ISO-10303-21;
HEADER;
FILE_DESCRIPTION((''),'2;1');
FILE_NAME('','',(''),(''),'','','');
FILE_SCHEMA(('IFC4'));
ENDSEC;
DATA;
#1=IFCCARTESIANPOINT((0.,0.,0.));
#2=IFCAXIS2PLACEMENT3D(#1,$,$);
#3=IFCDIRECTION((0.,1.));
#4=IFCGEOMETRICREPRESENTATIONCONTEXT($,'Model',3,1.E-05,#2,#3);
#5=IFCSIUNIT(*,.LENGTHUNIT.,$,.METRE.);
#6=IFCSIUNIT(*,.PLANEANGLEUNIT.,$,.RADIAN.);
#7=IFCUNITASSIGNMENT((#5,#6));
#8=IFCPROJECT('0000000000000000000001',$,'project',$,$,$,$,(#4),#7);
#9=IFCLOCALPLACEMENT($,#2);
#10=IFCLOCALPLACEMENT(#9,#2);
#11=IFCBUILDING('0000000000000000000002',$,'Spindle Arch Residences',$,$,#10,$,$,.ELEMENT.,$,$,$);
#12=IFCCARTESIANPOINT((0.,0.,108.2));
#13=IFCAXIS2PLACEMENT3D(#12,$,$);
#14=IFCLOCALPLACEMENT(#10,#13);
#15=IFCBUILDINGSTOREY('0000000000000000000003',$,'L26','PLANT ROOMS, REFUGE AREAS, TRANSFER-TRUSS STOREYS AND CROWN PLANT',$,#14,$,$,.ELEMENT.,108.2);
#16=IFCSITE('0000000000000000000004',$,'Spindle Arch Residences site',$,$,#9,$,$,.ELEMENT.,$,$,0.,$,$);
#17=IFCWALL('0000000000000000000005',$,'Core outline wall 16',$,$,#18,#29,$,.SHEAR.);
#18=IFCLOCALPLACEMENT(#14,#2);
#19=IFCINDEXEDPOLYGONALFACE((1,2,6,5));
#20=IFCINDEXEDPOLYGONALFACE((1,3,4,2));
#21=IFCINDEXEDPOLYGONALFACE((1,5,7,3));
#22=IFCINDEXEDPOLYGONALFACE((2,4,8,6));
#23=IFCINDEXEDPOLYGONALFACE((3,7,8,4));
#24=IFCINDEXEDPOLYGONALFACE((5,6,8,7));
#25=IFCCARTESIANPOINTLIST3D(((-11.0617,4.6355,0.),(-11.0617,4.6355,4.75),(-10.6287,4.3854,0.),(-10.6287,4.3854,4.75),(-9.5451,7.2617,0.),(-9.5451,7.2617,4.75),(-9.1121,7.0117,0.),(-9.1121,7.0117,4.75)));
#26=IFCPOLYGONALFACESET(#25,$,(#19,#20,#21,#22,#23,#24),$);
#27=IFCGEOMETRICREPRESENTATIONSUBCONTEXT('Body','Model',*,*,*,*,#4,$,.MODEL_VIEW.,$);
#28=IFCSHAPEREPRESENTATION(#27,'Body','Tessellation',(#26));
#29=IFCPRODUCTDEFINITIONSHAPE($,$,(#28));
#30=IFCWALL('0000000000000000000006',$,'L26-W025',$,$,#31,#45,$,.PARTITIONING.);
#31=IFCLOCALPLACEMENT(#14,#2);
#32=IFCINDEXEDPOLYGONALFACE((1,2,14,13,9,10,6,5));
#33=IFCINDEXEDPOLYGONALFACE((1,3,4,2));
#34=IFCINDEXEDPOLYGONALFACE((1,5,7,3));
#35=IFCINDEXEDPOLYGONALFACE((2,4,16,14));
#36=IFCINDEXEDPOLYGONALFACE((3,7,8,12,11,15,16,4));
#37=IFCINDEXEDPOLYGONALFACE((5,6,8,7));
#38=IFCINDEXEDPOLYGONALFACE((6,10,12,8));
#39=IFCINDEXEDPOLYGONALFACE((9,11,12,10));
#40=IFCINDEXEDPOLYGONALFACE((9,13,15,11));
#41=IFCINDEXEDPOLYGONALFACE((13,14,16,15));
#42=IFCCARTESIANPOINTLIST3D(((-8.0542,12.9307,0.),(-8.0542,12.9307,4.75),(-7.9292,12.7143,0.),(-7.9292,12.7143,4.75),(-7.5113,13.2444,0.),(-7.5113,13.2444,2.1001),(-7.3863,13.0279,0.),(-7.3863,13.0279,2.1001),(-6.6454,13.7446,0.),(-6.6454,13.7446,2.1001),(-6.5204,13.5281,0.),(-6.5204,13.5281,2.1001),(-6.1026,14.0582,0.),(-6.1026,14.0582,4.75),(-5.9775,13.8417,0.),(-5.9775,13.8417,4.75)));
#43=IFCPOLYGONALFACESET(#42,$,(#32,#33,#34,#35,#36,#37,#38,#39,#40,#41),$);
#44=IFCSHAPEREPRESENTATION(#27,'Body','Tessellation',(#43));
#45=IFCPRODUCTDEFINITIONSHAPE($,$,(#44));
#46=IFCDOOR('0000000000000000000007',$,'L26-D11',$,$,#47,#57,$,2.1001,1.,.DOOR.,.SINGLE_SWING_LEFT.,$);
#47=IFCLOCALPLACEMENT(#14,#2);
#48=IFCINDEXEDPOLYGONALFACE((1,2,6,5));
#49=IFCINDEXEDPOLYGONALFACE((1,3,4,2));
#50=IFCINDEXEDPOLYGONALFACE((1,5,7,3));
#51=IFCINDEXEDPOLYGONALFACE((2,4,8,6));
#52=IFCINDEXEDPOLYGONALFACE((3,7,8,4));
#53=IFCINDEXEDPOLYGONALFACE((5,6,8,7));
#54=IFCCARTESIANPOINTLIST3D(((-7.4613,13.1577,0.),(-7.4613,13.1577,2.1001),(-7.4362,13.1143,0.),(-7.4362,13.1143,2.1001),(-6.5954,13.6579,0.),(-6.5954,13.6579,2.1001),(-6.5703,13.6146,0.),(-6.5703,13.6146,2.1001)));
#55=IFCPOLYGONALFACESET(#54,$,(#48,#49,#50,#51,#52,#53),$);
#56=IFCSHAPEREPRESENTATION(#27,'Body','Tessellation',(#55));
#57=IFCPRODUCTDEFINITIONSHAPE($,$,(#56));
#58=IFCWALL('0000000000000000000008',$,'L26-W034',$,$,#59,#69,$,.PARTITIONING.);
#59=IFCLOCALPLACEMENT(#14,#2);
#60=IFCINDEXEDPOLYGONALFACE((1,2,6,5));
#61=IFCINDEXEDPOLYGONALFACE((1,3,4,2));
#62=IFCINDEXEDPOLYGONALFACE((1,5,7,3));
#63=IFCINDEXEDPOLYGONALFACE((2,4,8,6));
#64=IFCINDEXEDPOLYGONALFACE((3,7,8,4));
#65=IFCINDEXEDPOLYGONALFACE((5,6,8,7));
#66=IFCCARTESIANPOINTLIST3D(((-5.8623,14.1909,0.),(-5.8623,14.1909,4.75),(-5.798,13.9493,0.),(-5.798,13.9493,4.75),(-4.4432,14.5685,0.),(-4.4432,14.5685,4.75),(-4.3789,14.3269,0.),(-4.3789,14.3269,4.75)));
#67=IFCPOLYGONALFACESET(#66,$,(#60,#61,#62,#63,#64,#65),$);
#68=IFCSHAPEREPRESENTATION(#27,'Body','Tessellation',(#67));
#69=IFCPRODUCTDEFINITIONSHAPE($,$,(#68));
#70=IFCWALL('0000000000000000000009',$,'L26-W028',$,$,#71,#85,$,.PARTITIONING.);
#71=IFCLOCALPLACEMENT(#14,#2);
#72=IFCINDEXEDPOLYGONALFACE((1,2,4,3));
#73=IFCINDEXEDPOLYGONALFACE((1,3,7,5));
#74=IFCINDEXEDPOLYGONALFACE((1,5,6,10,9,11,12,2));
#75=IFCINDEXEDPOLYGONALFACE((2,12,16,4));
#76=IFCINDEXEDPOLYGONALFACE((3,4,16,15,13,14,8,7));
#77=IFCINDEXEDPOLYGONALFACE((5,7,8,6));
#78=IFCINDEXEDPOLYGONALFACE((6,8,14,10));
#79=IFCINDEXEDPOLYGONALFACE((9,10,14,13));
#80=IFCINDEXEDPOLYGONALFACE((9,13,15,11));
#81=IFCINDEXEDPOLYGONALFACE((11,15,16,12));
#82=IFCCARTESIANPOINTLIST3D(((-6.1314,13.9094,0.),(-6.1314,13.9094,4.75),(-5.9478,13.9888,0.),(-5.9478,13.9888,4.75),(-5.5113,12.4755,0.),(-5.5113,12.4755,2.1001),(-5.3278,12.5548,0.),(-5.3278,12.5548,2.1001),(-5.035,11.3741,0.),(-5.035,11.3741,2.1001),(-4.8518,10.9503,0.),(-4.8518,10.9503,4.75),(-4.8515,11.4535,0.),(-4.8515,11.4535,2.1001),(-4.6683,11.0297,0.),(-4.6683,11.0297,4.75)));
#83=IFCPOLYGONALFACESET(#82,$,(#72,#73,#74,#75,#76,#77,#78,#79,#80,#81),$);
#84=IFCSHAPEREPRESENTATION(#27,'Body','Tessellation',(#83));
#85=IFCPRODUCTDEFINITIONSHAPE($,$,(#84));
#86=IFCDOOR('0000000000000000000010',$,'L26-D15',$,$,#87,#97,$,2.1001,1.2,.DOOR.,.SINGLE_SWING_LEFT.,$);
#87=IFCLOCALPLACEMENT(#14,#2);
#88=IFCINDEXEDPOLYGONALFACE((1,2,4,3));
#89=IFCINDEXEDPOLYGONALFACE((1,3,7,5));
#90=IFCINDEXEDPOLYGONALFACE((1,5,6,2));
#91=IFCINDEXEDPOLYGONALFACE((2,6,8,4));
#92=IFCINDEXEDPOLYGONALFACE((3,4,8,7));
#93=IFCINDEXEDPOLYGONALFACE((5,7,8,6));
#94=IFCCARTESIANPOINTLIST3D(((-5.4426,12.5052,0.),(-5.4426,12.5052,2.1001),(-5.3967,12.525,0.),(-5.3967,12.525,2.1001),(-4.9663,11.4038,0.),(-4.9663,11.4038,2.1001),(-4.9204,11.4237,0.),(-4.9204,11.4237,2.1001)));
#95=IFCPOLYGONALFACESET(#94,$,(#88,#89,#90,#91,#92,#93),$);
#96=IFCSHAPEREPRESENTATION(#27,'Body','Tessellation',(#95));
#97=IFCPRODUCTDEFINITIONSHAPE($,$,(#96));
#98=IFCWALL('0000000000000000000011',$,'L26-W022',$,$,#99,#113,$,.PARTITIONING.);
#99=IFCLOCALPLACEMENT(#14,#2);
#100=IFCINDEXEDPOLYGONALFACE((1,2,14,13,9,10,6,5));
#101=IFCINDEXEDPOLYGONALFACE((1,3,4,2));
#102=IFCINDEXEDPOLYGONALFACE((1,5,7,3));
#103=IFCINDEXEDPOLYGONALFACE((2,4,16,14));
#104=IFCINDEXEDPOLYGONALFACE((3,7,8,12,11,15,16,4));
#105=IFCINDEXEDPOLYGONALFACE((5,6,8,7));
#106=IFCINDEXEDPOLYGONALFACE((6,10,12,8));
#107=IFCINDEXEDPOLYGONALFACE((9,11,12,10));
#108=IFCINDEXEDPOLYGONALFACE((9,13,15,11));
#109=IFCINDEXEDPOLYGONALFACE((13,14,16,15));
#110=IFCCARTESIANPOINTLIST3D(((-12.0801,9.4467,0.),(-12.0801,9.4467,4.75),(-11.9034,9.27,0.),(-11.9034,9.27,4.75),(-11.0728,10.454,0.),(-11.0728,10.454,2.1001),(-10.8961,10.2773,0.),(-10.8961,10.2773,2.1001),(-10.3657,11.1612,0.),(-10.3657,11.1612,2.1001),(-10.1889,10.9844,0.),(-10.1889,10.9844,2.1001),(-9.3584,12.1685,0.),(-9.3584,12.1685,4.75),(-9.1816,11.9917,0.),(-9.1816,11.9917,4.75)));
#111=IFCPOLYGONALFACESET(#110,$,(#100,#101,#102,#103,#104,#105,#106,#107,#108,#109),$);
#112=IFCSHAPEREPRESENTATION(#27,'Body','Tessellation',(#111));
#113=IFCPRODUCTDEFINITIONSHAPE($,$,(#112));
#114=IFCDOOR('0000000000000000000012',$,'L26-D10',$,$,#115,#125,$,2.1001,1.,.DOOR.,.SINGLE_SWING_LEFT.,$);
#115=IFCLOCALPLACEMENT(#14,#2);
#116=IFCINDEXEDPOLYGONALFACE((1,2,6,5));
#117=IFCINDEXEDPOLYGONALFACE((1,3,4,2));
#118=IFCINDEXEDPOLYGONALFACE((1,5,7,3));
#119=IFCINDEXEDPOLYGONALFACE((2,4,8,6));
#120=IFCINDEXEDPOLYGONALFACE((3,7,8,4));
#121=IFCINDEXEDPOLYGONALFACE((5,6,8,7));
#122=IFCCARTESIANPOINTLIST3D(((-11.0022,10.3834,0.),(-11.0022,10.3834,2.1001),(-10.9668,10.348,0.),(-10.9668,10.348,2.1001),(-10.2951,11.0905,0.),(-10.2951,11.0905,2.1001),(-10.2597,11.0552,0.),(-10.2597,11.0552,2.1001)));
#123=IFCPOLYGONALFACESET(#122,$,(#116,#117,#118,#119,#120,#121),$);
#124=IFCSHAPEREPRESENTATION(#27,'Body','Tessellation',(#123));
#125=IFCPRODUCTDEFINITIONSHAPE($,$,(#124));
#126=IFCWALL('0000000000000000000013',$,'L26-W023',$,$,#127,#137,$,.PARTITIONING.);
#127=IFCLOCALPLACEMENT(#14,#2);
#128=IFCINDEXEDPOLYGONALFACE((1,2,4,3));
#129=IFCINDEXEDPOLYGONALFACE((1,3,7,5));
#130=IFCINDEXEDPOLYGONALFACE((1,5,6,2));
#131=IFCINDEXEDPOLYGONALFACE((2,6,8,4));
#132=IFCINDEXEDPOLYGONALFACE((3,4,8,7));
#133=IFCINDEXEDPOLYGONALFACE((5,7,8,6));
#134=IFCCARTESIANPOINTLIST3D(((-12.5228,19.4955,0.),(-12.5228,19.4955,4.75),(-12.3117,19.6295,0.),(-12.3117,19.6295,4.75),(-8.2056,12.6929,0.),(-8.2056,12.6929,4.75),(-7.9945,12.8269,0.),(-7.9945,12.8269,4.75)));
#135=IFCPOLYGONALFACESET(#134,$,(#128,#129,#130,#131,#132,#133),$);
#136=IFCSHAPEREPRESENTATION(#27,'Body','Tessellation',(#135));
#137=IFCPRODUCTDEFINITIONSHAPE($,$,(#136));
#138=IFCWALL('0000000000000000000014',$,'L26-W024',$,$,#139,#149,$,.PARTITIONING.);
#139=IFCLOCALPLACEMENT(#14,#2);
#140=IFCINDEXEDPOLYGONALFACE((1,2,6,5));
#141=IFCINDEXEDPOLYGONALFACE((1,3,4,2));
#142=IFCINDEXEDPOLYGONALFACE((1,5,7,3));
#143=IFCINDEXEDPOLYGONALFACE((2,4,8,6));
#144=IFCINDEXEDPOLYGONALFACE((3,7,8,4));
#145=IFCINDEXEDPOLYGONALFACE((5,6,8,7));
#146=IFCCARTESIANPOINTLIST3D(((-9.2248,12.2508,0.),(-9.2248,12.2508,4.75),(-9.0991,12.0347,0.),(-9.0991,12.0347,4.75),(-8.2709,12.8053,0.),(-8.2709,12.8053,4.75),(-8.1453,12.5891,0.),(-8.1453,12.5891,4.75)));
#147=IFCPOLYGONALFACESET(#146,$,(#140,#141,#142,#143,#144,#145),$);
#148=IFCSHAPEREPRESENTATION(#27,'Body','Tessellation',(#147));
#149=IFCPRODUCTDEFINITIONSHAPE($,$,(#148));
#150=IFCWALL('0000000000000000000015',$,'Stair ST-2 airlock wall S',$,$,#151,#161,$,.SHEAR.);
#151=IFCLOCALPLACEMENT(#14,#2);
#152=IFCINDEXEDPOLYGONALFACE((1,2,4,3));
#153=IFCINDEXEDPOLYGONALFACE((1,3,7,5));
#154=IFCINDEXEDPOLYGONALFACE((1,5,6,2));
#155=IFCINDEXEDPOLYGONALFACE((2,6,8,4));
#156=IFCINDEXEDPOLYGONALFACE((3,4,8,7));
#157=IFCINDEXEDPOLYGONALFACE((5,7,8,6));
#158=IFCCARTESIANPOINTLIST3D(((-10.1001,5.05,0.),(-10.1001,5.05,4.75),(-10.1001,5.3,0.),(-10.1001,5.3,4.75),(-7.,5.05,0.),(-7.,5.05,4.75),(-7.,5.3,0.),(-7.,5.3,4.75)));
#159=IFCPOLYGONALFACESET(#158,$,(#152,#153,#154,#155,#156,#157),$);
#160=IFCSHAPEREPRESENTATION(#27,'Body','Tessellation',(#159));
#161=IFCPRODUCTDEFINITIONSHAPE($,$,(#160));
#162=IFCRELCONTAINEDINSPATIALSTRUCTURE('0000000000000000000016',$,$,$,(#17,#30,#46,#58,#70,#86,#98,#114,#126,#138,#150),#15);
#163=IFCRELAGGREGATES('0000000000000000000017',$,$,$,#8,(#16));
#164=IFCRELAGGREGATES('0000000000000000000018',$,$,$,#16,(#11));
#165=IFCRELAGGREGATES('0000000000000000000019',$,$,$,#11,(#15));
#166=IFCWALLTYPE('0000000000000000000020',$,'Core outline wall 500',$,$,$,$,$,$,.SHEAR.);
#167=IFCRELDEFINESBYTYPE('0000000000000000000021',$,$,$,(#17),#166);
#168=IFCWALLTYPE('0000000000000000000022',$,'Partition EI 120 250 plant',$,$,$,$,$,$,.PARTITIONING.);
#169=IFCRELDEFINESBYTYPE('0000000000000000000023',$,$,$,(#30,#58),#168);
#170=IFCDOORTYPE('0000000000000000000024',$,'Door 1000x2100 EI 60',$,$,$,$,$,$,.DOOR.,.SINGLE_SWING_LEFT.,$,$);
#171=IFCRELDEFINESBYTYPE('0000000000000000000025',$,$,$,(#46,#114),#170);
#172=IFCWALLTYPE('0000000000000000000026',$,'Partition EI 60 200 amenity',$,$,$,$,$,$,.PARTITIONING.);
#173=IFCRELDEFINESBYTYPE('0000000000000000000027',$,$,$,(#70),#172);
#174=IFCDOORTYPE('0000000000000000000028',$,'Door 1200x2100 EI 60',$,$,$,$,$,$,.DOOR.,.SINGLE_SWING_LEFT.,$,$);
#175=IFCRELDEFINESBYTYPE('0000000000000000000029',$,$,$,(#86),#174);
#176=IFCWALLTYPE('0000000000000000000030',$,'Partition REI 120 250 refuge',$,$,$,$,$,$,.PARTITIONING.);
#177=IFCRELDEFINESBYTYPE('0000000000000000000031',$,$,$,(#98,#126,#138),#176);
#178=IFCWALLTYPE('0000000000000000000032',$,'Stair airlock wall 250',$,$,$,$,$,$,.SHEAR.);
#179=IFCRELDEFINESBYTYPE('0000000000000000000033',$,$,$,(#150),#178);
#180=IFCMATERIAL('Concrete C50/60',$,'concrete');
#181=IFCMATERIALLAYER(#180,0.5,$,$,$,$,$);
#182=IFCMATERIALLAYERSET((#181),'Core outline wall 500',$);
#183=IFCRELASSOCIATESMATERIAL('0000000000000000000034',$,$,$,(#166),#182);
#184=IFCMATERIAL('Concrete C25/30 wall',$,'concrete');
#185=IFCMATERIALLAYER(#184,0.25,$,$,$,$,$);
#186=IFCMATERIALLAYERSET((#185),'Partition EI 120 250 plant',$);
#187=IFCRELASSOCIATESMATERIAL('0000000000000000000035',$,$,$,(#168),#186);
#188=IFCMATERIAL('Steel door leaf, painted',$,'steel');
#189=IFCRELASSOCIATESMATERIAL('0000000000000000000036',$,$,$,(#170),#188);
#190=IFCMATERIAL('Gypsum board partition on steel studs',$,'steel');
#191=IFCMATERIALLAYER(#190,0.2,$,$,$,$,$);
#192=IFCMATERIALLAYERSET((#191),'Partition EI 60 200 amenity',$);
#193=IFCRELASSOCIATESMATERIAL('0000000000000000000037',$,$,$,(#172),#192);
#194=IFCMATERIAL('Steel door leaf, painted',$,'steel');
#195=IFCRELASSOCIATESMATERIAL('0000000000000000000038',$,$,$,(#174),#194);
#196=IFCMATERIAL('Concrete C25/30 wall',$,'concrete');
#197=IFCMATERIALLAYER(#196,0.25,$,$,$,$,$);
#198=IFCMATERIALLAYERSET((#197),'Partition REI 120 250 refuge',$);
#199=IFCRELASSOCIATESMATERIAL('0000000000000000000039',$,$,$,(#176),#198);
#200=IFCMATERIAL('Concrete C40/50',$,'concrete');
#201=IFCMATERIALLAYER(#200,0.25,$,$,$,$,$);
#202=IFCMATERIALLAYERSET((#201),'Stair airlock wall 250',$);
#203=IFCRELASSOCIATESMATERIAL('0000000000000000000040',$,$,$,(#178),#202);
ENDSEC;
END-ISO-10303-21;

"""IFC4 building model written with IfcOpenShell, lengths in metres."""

from ifc_helpers import new_model, si_unit, direction, frame, frame_2d, origin, place, context, subcontext, project, spatial, rectangle, extrude, material, layer, layer_set, type_object, element, fill, save


model = new_model("IFC4")

# Units and contexts
model_context = context("Model", 3, precision=1e-05, world=origin(), true_north=direction((0.0, 1.0)))
body_context = subcontext(model_context, "Body", "Model", "MODEL_VIEW")
ifc_project = project(units=[si_unit("LENGTHUNIT", "METRE"), si_unit("PLANEANGLEUNIT", "RADIAN")], contexts=[model_context])

# Site, building, storey
site_placement = place(None, origin())
site = spatial("IfcSite", under=ifc_project, at=site_placement, Name="Spindle Arch Residences site", CompositionType="ELEMENT", RefElevation=0.0)
building_placement = place(site_placement, origin())
building = spatial("IfcBuilding", under=site, at=building_placement, Name="Spindle Arch Residences", CompositionType="ELEMENT")
storey_placement = place(building_placement, frame((0.0, 0.0, 108.2)))
storey = spatial("IfcBuildingStorey", under=building, at=storey_placement, Name="L26", Description="PLANT ROOMS, REFUGE AREAS, TRANSFER-TRUSS STOREYS AND CROWN PLANT", CompositionType="ELEMENT", Elevation=108.2)

# Shared definitions
ifc_material_1 = material(Name="Concrete C50/60", Category="concrete")
ifc_layer_1 = layer(ifc_material_1, 0.5)
ifc_layer_set_1 = layer_set([ifc_layer_1], Name="Core outline wall 500")
wall_type_1 = type_object("IfcWallType", Name="Core outline wall 500", PredefinedType="SHEAR", material=ifc_layer_set_1)

# Wall
wall_1_placement = place(storey_placement, frame((-9.3286, 7.1367, 0.0), z_axis=(0.0, 0.0, 1.0), x_axis=(-0.500087, -0.865975, 0.0)))
element("IfcWall", 1, at=wall_1_placement, inside=storey, type_object=wall_type_1, Name="Core outline wall 16", PredefinedType="SHEAR", context=body_context, shape_type="SweptSolid", body=[
    extrude(rectangle(XDim=3.0327, YDim=0.5, at=frame_2d((1.5164, 0.0))), origin(), (0.0, 0.0, 1.0), 4.75),
])

# Wall, opening, door
ifc_material_2 = material(Name="Concrete C25/30 wall", Category="concrete")
ifc_layer_2 = layer(ifc_material_2, 0.25)
ifc_layer_set_2 = layer_set([ifc_layer_2], Name="Partition EI 120 250 plant")
wall_type_2 = type_object("IfcWallType", Name="Partition EI 120 250 plant", PredefinedType="PARTITIONING", material=ifc_layer_set_2)
wall_2_placement = place(storey_placement, frame((-7.9917, 12.8225, 0.0), z_axis=(0.0, 0.0, 1.0), x_axis=(0.865901, 0.500216, 0.0)))
wall_2 = element("IfcWall", 2, at=wall_2_placement, inside=storey, type_object=wall_type_2, Name="L26-W025", PredefinedType="PARTITIONING", context=body_context, shape_type="SweptSolid", body=[
    extrude(rectangle(XDim=2.2539, YDim=0.25, at=frame_2d((1.127, 0.0))), origin(), (0.0, 0.0, 1.0), 4.75),
])
opening_1_placement = place(wall_2_placement, frame((0.627, 0.0, 0.0)))
opening_1 = element("IfcOpeningElement", 3, at=opening_1_placement, cuts=wall_2, PredefinedType="OPENING", context=body_context, shape_type="SweptSolid", body=[
    extrude(rectangle(XDim=1.0, YDim=2.1001, at=frame_2d((0.5, 1.05))), frame((0.0, 0.135, 0.0), z_axis=(0.0, -1.0, 0.0), x_axis=(1.0, 0.0, 0.0)), (0.0, 0.0, 1.0), 0.27),
])
ifc_material_3 = material(Name="Steel door leaf, painted", Category="steel")
door_type_1 = type_object("IfcDoorType", Name="Door 1000x2100 EI 60", OperationType="SINGLE_SWING_LEFT", PredefinedType="DOOR", material=ifc_material_3)
door_1_placement = place(opening_1_placement, origin())
door_1 = element("IfcDoor", 4, at=door_1_placement, inside=storey, type_object=door_type_1, Name="L26-D11", OperationType="SINGLE_SWING_LEFT", OverallHeight=2.1001, OverallWidth=1.0, PredefinedType="DOOR", context=body_context, shape_type="SweptSolid", body=[
    extrude(rectangle(XDim=1.0, YDim=2.1001, at=frame_2d((0.5, 1.05))), frame((0.0, 0.0249, 0.0), z_axis=(0.0, -1.0, 0.0), x_axis=(1.0, 0.0, 0.0)), (0.0, 0.0, 1.0), 0.05),
])
fill(opening_1, door_1)

# Wall
wall_3_placement = place(storey_placement, frame((-4.4109, 14.4478, 0.0), z_axis=(0.0, 0.0, 1.0), x_axis=(-0.966364, -0.257176, 0.0)))
element("IfcWall", 5, at=wall_3_placement, inside=storey, type_object=wall_type_2, Name="L26-W034", PredefinedType="PARTITIONING", context=body_context, shape_type="SweptSolid", body=[
    extrude(rectangle(XDim=1.4685, YDim=0.25, at=frame_2d((0.7344, 0.0))), origin(), (0.0, 0.0, 1.0), 4.75),
])

# Walls, openings, doors
ifc_material_4 = material(Name="Gypsum board partition on steel studs", Category="steel")
ifc_layer_3 = layer(ifc_material_4, 0.2)
ifc_layer_set_3 = layer_set([ifc_layer_3], Name="Partition EI 60 200 amenity")
wall_type_3 = type_object("IfcWallType", Name="Partition EI 60 200 amenity", PredefinedType="PARTITIONING", material=ifc_layer_set_3)
wall_4_placement = place(storey_placement, frame((-6.0396, 13.949, 0.0), z_axis=(0.0, 0.0, 1.0), x_axis=(0.396906, -0.917859, 0.0)))
wall_4 = element("IfcWall", 6, at=wall_4_placement, inside=storey, type_object=wall_type_3, Name="L26-W028", PredefinedType="PARTITIONING", context=body_context, shape_type="SweptSolid", body=[
    extrude(rectangle(XDim=3.2239, YDim=0.2, at=frame_2d((1.6118, 0.0))), origin(), (0.0, 0.0, 1.0), 4.75),
])
opening_2_placement = place(wall_4_placement, frame((1.562, 0.0, 0.0)))
opening_2 = element("IfcOpeningElement", 7, at=opening_2_placement, cuts=wall_4, PredefinedType="OPENING", context=body_context, shape_type="SweptSolid", body=[
    extrude(rectangle(XDim=1.2, YDim=2.1001, at=frame_2d((0.6001, 1.05))), frame((0.0, 0.1099, 0.0), z_axis=(0.0, -1.0, 0.0), x_axis=(1.0, 0.0, 0.0)), (0.0, 0.0, 1.0), 0.22),
])
ifc_material_5 = material(Name="Steel door leaf, painted", Category="steel")
door_type_2 = type_object("IfcDoorType", Name="Door 1200x2100 EI 60", OperationType="SINGLE_SWING_LEFT", PredefinedType="DOOR", material=ifc_material_5)
door_2_placement = place(opening_2_placement, origin())
door_2 = element("IfcDoor", 8, at=door_2_placement, inside=storey, type_object=door_type_2, Name="L26-D15", OperationType="SINGLE_SWING_LEFT", OverallHeight=2.1001, OverallWidth=1.2, PredefinedType="DOOR", context=body_context, shape_type="SweptSolid", body=[
    extrude(rectangle(XDim=1.2, YDim=2.1001, at=frame_2d((0.6001, 1.05))), frame((0.0, 0.0249, 0.0), z_axis=(0.0, -1.0, 0.0), x_axis=(1.0, 0.0, 0.0)), (0.0, 0.0, 1.0), 0.05),
])
fill(opening_2, door_2)
ifc_material_6 = material(Name="Concrete C25/30 wall", Category="concrete")
ifc_layer_4 = layer(ifc_material_6, 0.25)
ifc_layer_set_4 = layer_set([ifc_layer_4], Name="Partition REI 120 250 refuge")
wall_type_4 = type_object("IfcWallType", Name="Partition REI 120 250 refuge", PredefinedType="PARTITIONING", material=ifc_layer_set_4)
wall_5_placement = place(storey_placement, frame((-9.27, 12.0801, 0.0), z_axis=(0.0, 0.0, 1.0), x_axis=(-0.707107, -0.707107, 0.0)))
wall_5 = element("IfcWall", 9, at=wall_5_placement, inside=storey, type_object=wall_type_4, Name="L26-W022", PredefinedType="PARTITIONING", context=body_context, shape_type="SweptSolid", body=[
    extrude(rectangle(XDim=3.8491, YDim=0.25, at=frame_2d((1.9246, 0.0))), origin(), (0.0, 0.0, 1.0), 4.75),
])
opening_3_placement = place(wall_5_placement, frame((1.4246, 0.0, 0.0)))
opening_3 = element("IfcOpeningElement", 10, at=opening_3_placement, cuts=wall_5, PredefinedType="OPENING", context=body_context, shape_type="SweptSolid", body=[
    extrude(rectangle(XDim=1.0, YDim=2.1001, at=frame_2d((0.5, 1.05))), frame((0.0, 0.135, 0.0), z_axis=(0.0, -1.0, 0.0), x_axis=(1.0, 0.0, 0.0)), (0.0, 0.0, 1.0), 0.27),
])
door_3_placement = place(opening_3_placement, origin())
door_3 = element("IfcDoor", 11, at=door_3_placement, inside=storey, type_object=door_type_1, Name="L26-D10", OperationType="SINGLE_SWING_LEFT", OverallHeight=2.1001, OverallWidth=1.0, PredefinedType="DOOR", context=body_context, shape_type="SweptSolid", body=[
    extrude(rectangle(XDim=1.0, YDim=2.1001, at=frame_2d((0.5, 1.05))), frame((0.0, 0.0249, 0.0), z_axis=(0.0, -1.0, 0.0), x_axis=(1.0, 0.0, 0.0)), (0.0, 0.0, 1.0), 0.05),
])
fill(opening_3, door_3)

# Walls
wall_6_placement = place(storey_placement, frame((-8.1001, 12.76, 0.0), z_axis=(0.0, 0.0, 1.0), x_axis=(-0.53584, 0.84432, 0.0)))
element("IfcWall", 12, at=wall_6_placement, inside=storey, type_object=wall_type_4, Name="L26-W023", PredefinedType="PARTITIONING", context=body_context, shape_type="SweptSolid", body=[
    extrude(rectangle(XDim=8.0569, YDim=0.25, at=frame_2d((4.0283, 0.0))), origin(), (0.0, 0.0, 1.0), 4.75),
])
wall_7_placement = place(storey_placement, frame((-8.208, 12.6973, 0.0), z_axis=(0.0, 0.0, 1.0), x_axis=(-0.864556, -0.502536, 0.0)))
element("IfcWall", 13, at=wall_7_placement, inside=storey, type_object=wall_type_4, Name="L26-W024", PredefinedType="PARTITIONING", context=body_context, shape_type="SweptSolid", body=[
    extrude(rectangle(XDim=1.1033, YDim=0.25, at=frame_2d((0.5518, 0.0))), origin(), (0.0, 0.0, 1.0), 4.75),
])
ifc_material_7 = material(Name="Concrete C40/50", Category="concrete")
ifc_layer_5 = layer(ifc_material_7, 0.25)
ifc_layer_set_5 = layer_set([ifc_layer_5], Name="Stair airlock wall 250")
wall_type_5 = type_object("IfcWallType", Name="Stair airlock wall 250", PredefinedType="SHEAR", material=ifc_layer_set_5)
wall_8_placement = place(storey_placement, frame((-7.0, 5.175, 0.0), z_axis=(0.0, 0.0, 1.0), x_axis=(-1.0, 0.0, 0.0)))
element("IfcWall", 14, at=wall_8_placement, inside=storey, type_object=wall_type_5, Name="Stair ST-2 airlock wall S", PredefinedType="SHEAR", context=body_context, shape_type="SweptSolid", body=[
    extrude(rectangle(XDim=3.1001, YDim=0.25, at=frame_2d((1.55, 0.0))), origin(), (0.0, 0.0, 1.0), 4.75),
])

save(model, "model.ifc")
